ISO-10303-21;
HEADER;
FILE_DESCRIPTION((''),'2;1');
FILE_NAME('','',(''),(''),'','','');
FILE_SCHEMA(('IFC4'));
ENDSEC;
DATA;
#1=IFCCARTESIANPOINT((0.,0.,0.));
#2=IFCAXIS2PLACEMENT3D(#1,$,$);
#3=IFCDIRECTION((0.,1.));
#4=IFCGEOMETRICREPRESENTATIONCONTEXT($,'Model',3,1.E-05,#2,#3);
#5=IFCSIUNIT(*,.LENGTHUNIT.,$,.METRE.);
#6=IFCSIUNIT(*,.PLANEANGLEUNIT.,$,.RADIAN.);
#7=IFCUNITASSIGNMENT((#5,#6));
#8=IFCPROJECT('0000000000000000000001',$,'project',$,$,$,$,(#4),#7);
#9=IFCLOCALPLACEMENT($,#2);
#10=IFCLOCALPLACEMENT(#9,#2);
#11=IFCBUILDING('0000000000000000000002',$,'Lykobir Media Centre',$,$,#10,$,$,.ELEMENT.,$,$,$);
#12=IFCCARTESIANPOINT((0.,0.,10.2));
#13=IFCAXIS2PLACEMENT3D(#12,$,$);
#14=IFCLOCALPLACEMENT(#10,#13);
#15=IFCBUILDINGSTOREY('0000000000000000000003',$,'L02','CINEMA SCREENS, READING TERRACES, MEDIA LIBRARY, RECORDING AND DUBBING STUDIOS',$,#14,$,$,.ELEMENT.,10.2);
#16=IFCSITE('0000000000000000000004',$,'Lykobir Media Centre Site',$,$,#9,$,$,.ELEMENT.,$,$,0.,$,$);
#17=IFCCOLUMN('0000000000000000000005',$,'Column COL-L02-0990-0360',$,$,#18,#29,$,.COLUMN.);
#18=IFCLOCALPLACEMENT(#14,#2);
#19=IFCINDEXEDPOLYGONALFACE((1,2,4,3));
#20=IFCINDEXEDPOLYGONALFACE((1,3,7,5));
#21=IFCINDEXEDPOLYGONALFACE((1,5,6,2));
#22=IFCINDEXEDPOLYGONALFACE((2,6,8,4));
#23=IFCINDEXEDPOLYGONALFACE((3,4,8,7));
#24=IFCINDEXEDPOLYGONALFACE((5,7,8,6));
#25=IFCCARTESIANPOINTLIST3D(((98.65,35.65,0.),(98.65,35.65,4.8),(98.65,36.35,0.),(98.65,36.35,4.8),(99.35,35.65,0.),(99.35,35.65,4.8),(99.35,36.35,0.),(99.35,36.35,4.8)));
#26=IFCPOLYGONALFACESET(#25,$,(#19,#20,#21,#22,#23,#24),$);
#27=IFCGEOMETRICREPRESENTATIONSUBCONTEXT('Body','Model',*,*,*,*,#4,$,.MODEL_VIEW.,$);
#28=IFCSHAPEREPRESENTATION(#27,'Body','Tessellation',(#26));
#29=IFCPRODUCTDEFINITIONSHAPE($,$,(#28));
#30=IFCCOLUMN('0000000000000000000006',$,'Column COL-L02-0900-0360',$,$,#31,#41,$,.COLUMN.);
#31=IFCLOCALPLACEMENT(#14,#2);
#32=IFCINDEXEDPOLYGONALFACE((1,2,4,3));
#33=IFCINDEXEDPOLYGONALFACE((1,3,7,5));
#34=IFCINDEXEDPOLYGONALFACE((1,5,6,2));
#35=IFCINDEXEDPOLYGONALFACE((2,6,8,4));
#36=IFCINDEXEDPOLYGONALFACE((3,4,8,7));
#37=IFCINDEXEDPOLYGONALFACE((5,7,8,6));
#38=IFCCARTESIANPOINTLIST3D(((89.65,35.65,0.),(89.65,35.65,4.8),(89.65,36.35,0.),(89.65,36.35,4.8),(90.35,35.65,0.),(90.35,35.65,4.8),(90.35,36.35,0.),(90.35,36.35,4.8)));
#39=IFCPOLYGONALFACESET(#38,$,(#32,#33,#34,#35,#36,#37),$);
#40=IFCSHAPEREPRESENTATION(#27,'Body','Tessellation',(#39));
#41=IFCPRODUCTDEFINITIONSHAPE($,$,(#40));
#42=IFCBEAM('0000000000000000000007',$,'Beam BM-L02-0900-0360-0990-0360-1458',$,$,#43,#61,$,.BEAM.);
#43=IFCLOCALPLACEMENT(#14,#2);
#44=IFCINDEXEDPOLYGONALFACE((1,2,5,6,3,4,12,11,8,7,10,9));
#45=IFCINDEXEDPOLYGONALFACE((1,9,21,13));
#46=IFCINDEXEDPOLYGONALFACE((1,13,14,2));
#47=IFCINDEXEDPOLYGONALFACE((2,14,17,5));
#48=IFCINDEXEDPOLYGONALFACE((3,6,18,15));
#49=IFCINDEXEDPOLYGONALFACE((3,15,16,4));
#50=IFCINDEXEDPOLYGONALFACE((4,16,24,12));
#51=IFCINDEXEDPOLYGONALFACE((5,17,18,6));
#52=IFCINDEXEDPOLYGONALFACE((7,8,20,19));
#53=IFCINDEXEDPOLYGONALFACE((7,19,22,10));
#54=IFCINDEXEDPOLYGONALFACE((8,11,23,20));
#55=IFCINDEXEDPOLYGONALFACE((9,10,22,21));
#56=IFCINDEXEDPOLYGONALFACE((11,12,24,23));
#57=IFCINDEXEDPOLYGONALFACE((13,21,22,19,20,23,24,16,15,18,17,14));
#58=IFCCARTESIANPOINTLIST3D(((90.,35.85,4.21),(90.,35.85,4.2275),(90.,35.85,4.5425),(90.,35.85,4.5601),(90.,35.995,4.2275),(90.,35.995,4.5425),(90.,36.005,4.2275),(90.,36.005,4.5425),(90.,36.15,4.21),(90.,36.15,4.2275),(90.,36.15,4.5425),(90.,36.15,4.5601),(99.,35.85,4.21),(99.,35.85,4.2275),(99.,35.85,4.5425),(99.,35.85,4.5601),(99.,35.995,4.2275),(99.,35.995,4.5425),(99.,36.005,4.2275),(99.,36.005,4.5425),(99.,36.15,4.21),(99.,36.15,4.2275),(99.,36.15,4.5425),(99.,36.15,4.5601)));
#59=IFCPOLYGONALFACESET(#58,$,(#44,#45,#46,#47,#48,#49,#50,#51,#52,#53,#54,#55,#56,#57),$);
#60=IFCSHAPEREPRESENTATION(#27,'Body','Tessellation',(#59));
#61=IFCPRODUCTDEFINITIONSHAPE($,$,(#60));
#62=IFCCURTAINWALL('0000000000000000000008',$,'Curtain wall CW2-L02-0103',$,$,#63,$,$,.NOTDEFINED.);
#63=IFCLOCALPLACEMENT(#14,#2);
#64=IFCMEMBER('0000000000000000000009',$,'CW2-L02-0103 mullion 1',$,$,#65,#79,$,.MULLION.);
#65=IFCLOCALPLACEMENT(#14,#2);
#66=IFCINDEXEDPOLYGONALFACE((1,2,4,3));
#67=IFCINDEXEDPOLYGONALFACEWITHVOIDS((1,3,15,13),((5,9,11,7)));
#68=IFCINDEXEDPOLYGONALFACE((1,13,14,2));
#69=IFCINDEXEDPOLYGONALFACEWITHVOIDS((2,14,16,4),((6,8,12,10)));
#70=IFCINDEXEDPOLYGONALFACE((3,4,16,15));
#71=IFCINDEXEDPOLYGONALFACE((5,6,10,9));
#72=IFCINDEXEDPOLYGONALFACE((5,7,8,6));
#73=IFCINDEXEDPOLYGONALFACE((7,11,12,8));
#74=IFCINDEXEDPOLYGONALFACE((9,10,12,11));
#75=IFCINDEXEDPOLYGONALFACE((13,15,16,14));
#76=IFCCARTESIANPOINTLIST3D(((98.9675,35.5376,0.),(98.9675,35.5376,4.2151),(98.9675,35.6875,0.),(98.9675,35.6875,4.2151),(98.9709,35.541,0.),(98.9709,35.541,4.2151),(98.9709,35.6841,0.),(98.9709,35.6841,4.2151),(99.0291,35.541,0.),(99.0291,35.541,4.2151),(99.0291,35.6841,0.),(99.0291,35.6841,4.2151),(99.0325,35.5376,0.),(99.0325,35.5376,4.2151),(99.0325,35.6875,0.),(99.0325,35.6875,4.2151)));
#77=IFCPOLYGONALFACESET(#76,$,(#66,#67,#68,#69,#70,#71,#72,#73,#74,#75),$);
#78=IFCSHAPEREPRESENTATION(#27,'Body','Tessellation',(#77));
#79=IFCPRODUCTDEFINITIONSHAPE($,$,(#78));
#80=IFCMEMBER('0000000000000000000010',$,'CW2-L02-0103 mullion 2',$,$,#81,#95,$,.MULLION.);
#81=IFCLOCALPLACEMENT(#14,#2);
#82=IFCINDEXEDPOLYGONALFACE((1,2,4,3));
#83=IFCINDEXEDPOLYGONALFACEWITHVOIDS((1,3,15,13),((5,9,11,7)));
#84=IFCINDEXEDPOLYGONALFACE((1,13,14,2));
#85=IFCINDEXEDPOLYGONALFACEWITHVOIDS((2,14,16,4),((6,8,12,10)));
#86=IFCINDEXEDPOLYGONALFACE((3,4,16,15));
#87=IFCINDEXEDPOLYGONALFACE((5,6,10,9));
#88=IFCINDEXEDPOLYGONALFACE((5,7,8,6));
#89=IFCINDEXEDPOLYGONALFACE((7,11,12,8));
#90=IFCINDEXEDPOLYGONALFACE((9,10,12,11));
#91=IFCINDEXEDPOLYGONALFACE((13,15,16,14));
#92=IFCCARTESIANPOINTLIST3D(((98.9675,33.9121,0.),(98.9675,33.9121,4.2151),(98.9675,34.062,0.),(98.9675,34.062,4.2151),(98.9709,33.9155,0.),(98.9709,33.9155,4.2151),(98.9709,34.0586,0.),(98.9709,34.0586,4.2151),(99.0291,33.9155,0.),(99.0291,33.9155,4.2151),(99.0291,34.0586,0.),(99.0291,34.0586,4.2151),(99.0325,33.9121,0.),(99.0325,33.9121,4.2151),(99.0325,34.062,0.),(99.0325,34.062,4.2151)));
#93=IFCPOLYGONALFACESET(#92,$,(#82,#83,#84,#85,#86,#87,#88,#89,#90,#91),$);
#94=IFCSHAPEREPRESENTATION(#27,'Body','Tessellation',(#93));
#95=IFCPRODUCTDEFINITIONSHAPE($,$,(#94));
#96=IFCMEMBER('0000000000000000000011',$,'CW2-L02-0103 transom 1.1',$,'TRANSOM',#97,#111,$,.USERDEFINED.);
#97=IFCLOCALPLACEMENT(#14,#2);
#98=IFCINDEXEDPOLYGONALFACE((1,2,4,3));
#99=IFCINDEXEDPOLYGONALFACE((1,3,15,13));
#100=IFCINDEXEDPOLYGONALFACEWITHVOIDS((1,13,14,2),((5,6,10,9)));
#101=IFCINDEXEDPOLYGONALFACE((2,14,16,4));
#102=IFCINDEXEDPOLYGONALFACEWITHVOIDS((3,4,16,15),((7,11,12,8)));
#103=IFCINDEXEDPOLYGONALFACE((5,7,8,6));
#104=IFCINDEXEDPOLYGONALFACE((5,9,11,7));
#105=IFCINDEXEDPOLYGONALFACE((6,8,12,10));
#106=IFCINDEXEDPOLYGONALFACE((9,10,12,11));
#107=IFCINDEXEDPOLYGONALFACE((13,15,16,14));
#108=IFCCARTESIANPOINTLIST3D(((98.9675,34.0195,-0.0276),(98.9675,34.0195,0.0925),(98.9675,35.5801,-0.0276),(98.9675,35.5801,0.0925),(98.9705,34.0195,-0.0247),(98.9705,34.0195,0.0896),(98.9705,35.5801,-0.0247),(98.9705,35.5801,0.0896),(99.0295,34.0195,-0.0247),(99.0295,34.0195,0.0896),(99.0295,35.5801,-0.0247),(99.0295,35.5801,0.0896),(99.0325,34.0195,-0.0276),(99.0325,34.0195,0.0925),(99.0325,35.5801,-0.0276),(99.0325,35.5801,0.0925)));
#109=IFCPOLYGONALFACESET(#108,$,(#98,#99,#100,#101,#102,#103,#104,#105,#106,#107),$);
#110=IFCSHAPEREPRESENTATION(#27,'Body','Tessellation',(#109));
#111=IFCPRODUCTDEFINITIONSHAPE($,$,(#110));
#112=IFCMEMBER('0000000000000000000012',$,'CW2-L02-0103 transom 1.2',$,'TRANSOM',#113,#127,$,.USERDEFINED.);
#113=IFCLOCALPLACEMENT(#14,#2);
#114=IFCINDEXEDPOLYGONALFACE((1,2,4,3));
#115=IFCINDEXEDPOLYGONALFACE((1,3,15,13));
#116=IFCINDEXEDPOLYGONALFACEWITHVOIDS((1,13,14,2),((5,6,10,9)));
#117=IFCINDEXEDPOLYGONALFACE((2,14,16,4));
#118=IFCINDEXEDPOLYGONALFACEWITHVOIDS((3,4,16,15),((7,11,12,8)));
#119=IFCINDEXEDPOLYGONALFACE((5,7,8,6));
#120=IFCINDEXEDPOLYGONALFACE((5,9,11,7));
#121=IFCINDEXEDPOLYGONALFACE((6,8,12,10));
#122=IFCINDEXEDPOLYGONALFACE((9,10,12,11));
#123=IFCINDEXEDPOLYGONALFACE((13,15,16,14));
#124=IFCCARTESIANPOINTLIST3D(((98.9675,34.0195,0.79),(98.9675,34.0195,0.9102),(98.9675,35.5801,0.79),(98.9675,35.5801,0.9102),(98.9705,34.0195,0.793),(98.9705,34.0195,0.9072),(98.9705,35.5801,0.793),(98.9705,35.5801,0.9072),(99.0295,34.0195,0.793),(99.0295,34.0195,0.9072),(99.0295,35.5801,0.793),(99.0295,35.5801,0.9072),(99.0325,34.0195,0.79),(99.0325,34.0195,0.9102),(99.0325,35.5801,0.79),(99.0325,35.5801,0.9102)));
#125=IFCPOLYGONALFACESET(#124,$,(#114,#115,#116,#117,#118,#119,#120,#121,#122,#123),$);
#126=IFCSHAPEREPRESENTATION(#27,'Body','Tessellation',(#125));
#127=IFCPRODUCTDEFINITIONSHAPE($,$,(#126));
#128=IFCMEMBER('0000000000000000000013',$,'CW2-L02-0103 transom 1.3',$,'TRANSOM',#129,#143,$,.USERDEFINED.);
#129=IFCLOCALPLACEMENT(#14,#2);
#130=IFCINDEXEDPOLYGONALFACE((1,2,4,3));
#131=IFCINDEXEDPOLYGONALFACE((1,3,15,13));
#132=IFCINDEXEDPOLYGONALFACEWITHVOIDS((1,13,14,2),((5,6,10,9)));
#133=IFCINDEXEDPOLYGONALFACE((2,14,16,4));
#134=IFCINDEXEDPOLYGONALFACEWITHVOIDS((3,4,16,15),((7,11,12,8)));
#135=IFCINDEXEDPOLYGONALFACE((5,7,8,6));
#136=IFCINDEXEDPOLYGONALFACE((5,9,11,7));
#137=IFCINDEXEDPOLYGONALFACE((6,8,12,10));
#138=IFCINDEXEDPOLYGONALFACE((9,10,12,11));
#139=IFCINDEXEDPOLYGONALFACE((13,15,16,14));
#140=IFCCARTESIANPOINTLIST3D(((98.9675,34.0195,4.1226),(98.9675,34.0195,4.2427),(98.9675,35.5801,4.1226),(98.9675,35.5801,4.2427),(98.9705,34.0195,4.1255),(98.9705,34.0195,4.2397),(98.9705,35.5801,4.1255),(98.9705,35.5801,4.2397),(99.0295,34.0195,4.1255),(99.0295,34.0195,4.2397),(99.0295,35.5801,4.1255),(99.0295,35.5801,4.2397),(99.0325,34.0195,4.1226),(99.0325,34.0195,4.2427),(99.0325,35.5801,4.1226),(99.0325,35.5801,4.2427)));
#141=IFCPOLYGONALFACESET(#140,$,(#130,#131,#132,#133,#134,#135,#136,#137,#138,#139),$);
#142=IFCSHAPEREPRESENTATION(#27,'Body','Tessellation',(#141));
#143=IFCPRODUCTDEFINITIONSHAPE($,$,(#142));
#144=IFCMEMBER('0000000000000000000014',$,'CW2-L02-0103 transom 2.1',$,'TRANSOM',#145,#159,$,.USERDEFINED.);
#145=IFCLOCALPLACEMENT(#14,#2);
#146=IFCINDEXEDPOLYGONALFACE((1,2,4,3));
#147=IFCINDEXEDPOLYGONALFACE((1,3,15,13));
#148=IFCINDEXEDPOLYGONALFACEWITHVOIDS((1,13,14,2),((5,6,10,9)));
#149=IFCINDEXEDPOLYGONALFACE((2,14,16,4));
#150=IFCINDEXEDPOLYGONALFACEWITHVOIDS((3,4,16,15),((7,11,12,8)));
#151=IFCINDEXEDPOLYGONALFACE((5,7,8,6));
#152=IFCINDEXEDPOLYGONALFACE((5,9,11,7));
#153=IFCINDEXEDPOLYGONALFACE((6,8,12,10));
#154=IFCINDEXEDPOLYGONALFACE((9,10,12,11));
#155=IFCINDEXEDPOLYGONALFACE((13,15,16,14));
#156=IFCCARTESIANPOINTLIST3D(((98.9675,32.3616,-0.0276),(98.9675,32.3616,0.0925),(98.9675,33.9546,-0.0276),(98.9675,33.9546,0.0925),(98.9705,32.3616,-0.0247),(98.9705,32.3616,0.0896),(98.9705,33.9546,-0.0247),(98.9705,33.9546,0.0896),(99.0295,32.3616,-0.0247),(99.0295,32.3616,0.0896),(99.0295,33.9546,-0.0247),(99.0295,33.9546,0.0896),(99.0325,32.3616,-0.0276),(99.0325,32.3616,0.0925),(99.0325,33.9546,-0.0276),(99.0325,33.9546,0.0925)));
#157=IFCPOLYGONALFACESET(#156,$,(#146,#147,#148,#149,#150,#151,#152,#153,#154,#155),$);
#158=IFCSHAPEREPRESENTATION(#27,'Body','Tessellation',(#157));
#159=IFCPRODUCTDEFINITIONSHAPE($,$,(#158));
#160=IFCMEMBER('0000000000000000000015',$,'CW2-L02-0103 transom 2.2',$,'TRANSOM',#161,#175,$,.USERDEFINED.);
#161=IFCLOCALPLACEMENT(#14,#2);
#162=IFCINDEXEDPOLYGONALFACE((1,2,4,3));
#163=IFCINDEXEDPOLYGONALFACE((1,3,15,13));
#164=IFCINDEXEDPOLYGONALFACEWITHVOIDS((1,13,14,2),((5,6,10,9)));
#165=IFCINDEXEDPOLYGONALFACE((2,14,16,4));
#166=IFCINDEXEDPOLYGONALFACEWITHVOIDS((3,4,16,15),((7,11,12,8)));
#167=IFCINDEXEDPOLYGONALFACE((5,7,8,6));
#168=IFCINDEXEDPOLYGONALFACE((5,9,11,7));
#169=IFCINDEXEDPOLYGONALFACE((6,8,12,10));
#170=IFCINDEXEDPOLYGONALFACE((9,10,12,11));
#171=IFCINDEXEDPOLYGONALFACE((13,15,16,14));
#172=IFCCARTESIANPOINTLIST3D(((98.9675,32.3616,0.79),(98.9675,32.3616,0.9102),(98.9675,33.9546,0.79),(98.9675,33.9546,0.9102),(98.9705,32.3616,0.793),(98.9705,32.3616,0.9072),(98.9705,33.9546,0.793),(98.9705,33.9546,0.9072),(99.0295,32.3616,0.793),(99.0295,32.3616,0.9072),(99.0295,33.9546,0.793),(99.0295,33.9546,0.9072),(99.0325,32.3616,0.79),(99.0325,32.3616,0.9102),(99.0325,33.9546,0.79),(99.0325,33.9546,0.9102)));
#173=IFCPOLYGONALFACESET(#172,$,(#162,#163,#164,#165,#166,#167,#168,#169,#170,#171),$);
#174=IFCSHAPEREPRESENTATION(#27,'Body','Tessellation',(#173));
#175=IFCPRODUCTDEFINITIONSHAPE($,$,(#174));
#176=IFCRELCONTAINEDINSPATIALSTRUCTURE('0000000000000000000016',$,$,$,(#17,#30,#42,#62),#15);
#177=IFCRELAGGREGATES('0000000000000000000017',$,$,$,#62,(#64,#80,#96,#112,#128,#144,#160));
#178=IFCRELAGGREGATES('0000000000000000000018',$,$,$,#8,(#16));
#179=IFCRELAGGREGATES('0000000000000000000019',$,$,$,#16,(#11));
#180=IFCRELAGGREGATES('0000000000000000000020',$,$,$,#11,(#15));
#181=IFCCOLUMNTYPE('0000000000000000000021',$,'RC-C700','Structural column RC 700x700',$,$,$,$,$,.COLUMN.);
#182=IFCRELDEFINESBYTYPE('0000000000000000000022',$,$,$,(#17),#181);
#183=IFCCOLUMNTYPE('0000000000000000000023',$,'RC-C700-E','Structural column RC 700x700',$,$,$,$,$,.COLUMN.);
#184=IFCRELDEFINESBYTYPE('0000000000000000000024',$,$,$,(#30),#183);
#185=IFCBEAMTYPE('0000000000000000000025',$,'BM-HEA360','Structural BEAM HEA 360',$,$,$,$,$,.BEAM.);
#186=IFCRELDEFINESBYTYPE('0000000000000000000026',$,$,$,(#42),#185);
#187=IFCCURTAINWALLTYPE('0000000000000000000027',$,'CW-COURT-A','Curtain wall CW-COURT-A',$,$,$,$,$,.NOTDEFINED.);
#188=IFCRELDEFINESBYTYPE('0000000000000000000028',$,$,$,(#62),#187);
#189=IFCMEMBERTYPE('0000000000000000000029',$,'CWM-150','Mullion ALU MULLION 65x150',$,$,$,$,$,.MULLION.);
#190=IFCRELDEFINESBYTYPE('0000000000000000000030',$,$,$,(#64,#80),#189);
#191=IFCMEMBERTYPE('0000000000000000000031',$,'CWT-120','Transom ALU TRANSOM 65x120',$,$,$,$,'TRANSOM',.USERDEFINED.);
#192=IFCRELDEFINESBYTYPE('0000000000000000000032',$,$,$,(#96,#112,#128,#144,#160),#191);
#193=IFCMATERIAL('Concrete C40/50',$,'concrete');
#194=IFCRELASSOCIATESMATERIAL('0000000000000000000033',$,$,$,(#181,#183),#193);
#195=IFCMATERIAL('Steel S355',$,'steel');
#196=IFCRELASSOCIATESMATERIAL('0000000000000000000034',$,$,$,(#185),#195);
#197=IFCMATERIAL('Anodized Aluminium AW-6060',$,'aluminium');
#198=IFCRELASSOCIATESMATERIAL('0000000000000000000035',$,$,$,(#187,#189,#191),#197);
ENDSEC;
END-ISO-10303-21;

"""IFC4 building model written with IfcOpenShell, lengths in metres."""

from ifc_helpers import new_model, si_unit, direction, frame, origin, origin_2d, place, context, subcontext, project, spatial, rectangle, hollow_rectangle, i_section, extrude, material, material_profile, profile_set, type_object, element, aggregate, save


model = new_model("IFC4")

# Units and contexts
model_context = context("Model", 3, precision=1e-05, world=origin(), true_north=direction((0.0, 1.0)))
body_context = subcontext(model_context, "Body", "Model", "MODEL_VIEW")
ifc_project = project(units=[si_unit("LENGTHUNIT", "METRE"), si_unit("PLANEANGLEUNIT", "RADIAN")], contexts=[model_context])

# Site, building, storey
site_placement = place(None, origin())
site = spatial("IfcSite", under=ifc_project, at=site_placement, Name="Lykobir Media Centre Site", CompositionType="ELEMENT", RefElevation=0.0)
building_placement = place(site_placement, origin())
building = spatial("IfcBuilding", under=site, at=building_placement, Name="Lykobir Media Centre", CompositionType="ELEMENT")
storey_placement = place(building_placement, frame((0.0, 0.0, 10.2)))
storey = spatial("IfcBuildingStorey", under=building, at=storey_placement, Name="L02", Description="CINEMA SCREENS, READING TERRACES, MEDIA LIBRARY, RECORDING AND DUBBING STUDIOS", CompositionType="ELEMENT", Elevation=10.2)

# Columns
ifc_material_1 = material(Name="Concrete C40/50", Category="concrete")
ifc_material_profile_1 = material_profile(ifc_material_1, rectangle(XDim=0.7, YDim=0.7, at=origin_2d()), Name="RC 700x700")
ifc_profile_set_1 = profile_set([ifc_material_profile_1], Name="Concrete C40/50")
column_type_1 = type_object("IfcColumnType", Name="RC-C700", Description="Structural column RC 700x700", PredefinedType="COLUMN", material=ifc_profile_set_1)
column_1_placement = place(storey_placement, frame((99.0, 36.0, 0.0), z_axis=(0.0, 0.0, 1.0), x_axis=(1.0, 0.0, 0.0)))
element("IfcColumn", 1, at=column_1_placement, inside=storey, type_object=column_type_1, Name="Column COL-L02-0990-0360", PredefinedType="COLUMN", context=body_context, shape_type="SweptSolid", body=[
    extrude(rectangle(XDim=0.7, YDim=0.7, at=origin_2d()), origin(), (0.0, 0.0, 1.0), 4.8),
])
ifc_material_profile_2 = material_profile(ifc_material_1, rectangle(XDim=0.7, YDim=0.7, at=origin_2d()), Name="RC 700x700")
ifc_profile_set_2 = profile_set([ifc_material_profile_2], Name="Concrete C40/50")
column_type_2 = type_object("IfcColumnType", Name="RC-C700-E", Description="Structural column RC 700x700", PredefinedType="COLUMN", material=ifc_profile_set_2)
column_2_placement = place(storey_placement, frame((90.0, 36.0, 0.0), z_axis=(0.0, 0.0, 1.0), x_axis=(1.0, 0.0, 0.0)))
element("IfcColumn", 2, at=column_2_placement, inside=storey, type_object=column_type_2, Name="Column COL-L02-0900-0360", PredefinedType="COLUMN", context=body_context, shape_type="SweptSolid", body=[
    extrude(rectangle(XDim=0.7, YDim=0.7, at=origin_2d()), origin(), (0.0, 0.0, 1.0), 4.8),
])

# Beam
ifc_material_2 = material(Name="Steel S355", Category="steel")
ifc_material_profile_3 = material_profile(ifc_material_2, i_section(OverallWidth=0.3, OverallDepth=0.3501, WebThickness=0.01, FlangeThickness=0.0176, at=origin_2d()), Name="HEA 360")
ifc_profile_set_3 = profile_set([ifc_material_profile_3], Name="Steel S355")
beam_type_1 = type_object("IfcBeamType", Name="BM-HEA360", Description="Structural BEAM HEA 360", PredefinedType="BEAM", material=ifc_profile_set_3)
beam_1_placement = place(storey_placement, frame((90.0, 36.0, 4.385), z_axis=(1.0, 0.0, 0.0), x_axis=(0.0, 1.0, 0.0)))
element("IfcBeam", 3, at=beam_1_placement, inside=storey, type_object=beam_type_1, Name="Beam BM-L02-0900-0360-0990-0360-1458", PredefinedType="BEAM", context=body_context, shape_type="SweptSolid", body=[
    extrude(i_section(OverallWidth=0.3, OverallDepth=0.3501, WebThickness=0.01, FlangeThickness=0.0176, at=origin_2d()), origin(), (0.0, 0.0, 1.0), 9.0),
])

# Curtain wall, members
ifc_material_3 = material(Name="Anodized Aluminium AW-6060", Category="aluminium")
curtain_wall_type = type_object("IfcCurtainWallType", Name="CW-COURT-A", Description="Curtain wall CW-COURT-A", PredefinedType="NOTDEFINED", material=ifc_material_3)
curtain_wall_placement = place(storey_placement, origin())
curtain_wall = element("IfcCurtainWall", 4, at=curtain_wall_placement, inside=storey, type_object=curtain_wall_type, Name="Curtain wall CW2-L02-0103", PredefinedType="NOTDEFINED")
ifc_material_profile_4 = material_profile(ifc_material_3, hollow_rectangle(XDim=0.0649, YDim=0.1499, WallThickness=0.0034, at=origin_2d()), Name="ALU MULLION 65x150")
ifc_profile_set_4 = profile_set([ifc_material_profile_4], Name="Anodized Aluminium AW-6060")
member_type_1 = type_object("IfcMemberType", Name="CWM-150", Description="Mullion ALU MULLION 65x150", PredefinedType="MULLION", material=ifc_profile_set_4)
member_1_placement = place(storey_placement, frame((99.0, 35.6125, 0.0), z_axis=(0.0, 0.0, 1.0), x_axis=(1.0, 0.0, 0.0)))
member_1 = element("IfcMember", 5, at=member_1_placement, type_object=member_type_1, Name="CW2-L02-0103 mullion 1", PredefinedType="MULLION", context=body_context, shape_type="SweptSolid", body=[
    extrude(hollow_rectangle(XDim=0.0649, YDim=0.1499, WallThickness=0.0034, at=origin_2d()), origin(), (0.0, 0.0, 1.0), 4.2151),
])
member_2_placement = place(storey_placement, frame((99.0, 33.9871, 0.0), z_axis=(0.0, 0.0, 1.0), x_axis=(1.0, 0.0, 0.0)))
member_2 = element("IfcMember", 6, at=member_2_placement, type_object=member_type_1, Name="CW2-L02-0103 mullion 2", PredefinedType="MULLION", context=body_context, shape_type="SweptSolid", body=[
    extrude(hollow_rectangle(XDim=0.0649, YDim=0.1499, WallThickness=0.0034, at=origin_2d()), origin(), (0.0, 0.0, 1.0), 4.2151),
])
ifc_material_profile_5 = material_profile(ifc_material_3, hollow_rectangle(XDim=0.0649, YDim=0.1201, WallThickness=0.0029, at=origin_2d()), Name="ALU TRANSOM 65x120")
ifc_profile_set_5 = profile_set([ifc_material_profile_5], Name="Anodized Aluminium AW-6060")
member_type_2 = type_object("IfcMemberType", Name="CWT-120", Description="Transom ALU TRANSOM 65x120", ElementType="TRANSOM", PredefinedType="USERDEFINED", material=ifc_profile_set_5)
member_3_placement = place(storey_placement, frame((99.0, 35.5801, 0.0325), z_axis=(0.0, -1.0, 0.0), x_axis=(1.0, 0.0, 0.0)))
member_3 = element("IfcMember", 7, at=member_3_placement, type_object=member_type_2, Name="CW2-L02-0103 transom 1.1", ObjectType="TRANSOM", PredefinedType="USERDEFINED", context=body_context, shape_type="SweptSolid", body=[
    extrude(hollow_rectangle(XDim=0.0649, YDim=0.1201, WallThickness=0.0029, at=origin_2d()), origin(), (0.0, 0.0, 1.0), 1.5605),
])
member_4_placement = place(storey_placement, frame((99.0, 35.5801, 0.8501), z_axis=(0.0, -1.0, 0.0), x_axis=(1.0, 0.0, 0.0)))
member_4 = element("IfcMember", 8, at=member_4_placement, type_object=member_type_2, Name="CW2-L02-0103 transom 1.2", ObjectType="TRANSOM", PredefinedType="USERDEFINED", context=body_context, shape_type="SweptSolid", body=[
    extrude(hollow_rectangle(XDim=0.0649, YDim=0.1201, WallThickness=0.0029, at=origin_2d()), origin(), (0.0, 0.0, 1.0), 1.5605),
])
member_5_placement = place(storey_placement, frame((99.0, 35.5801, 4.1826), z_axis=(0.0, -1.0, 0.0), x_axis=(1.0, 0.0, 0.0)))
member_5 = element("IfcMember", 9, at=member_5_placement, type_object=member_type_2, Name="CW2-L02-0103 transom 1.3", ObjectType="TRANSOM", PredefinedType="USERDEFINED", context=body_context, shape_type="SweptSolid", body=[
    extrude(hollow_rectangle(XDim=0.0649, YDim=0.1201, WallThickness=0.0029, at=origin_2d()), origin(), (0.0, 0.0, 1.0), 1.5605),
])
member_6_placement = place(storey_placement, frame((99.0, 33.9546, 0.0325), z_axis=(0.0, -1.0, 0.0), x_axis=(1.0, 0.0, 0.0)))
member_6 = element("IfcMember", 10, at=member_6_placement, type_object=member_type_2, Name="CW2-L02-0103 transom 2.1", ObjectType="TRANSOM", PredefinedType="USERDEFINED", context=body_context, shape_type="SweptSolid", body=[
    extrude(hollow_rectangle(XDim=0.0649, YDim=0.1201, WallThickness=0.0029, at=origin_2d()), origin(), (0.0, 0.0, 1.0), 1.593),
])
member_7_placement = place(storey_placement, frame((99.0, 33.9546, 0.8501), z_axis=(0.0, -1.0, 0.0), x_axis=(1.0, 0.0, 0.0)))
member_7 = element("IfcMember", 11, at=member_7_placement, type_object=member_type_2, Name="CW2-L02-0103 transom 2.2", ObjectType="TRANSOM", PredefinedType="USERDEFINED", context=body_context, shape_type="SweptSolid", body=[
    extrude(hollow_rectangle(XDim=0.0649, YDim=0.1201, WallThickness=0.0029, at=origin_2d()), origin(), (0.0, 0.0, 1.0), 1.593),
])

aggregate(curtain_wall, [member_1, member_2, member_3, member_4, member_5, member_6, member_7])

save(model, "model.ifc")
